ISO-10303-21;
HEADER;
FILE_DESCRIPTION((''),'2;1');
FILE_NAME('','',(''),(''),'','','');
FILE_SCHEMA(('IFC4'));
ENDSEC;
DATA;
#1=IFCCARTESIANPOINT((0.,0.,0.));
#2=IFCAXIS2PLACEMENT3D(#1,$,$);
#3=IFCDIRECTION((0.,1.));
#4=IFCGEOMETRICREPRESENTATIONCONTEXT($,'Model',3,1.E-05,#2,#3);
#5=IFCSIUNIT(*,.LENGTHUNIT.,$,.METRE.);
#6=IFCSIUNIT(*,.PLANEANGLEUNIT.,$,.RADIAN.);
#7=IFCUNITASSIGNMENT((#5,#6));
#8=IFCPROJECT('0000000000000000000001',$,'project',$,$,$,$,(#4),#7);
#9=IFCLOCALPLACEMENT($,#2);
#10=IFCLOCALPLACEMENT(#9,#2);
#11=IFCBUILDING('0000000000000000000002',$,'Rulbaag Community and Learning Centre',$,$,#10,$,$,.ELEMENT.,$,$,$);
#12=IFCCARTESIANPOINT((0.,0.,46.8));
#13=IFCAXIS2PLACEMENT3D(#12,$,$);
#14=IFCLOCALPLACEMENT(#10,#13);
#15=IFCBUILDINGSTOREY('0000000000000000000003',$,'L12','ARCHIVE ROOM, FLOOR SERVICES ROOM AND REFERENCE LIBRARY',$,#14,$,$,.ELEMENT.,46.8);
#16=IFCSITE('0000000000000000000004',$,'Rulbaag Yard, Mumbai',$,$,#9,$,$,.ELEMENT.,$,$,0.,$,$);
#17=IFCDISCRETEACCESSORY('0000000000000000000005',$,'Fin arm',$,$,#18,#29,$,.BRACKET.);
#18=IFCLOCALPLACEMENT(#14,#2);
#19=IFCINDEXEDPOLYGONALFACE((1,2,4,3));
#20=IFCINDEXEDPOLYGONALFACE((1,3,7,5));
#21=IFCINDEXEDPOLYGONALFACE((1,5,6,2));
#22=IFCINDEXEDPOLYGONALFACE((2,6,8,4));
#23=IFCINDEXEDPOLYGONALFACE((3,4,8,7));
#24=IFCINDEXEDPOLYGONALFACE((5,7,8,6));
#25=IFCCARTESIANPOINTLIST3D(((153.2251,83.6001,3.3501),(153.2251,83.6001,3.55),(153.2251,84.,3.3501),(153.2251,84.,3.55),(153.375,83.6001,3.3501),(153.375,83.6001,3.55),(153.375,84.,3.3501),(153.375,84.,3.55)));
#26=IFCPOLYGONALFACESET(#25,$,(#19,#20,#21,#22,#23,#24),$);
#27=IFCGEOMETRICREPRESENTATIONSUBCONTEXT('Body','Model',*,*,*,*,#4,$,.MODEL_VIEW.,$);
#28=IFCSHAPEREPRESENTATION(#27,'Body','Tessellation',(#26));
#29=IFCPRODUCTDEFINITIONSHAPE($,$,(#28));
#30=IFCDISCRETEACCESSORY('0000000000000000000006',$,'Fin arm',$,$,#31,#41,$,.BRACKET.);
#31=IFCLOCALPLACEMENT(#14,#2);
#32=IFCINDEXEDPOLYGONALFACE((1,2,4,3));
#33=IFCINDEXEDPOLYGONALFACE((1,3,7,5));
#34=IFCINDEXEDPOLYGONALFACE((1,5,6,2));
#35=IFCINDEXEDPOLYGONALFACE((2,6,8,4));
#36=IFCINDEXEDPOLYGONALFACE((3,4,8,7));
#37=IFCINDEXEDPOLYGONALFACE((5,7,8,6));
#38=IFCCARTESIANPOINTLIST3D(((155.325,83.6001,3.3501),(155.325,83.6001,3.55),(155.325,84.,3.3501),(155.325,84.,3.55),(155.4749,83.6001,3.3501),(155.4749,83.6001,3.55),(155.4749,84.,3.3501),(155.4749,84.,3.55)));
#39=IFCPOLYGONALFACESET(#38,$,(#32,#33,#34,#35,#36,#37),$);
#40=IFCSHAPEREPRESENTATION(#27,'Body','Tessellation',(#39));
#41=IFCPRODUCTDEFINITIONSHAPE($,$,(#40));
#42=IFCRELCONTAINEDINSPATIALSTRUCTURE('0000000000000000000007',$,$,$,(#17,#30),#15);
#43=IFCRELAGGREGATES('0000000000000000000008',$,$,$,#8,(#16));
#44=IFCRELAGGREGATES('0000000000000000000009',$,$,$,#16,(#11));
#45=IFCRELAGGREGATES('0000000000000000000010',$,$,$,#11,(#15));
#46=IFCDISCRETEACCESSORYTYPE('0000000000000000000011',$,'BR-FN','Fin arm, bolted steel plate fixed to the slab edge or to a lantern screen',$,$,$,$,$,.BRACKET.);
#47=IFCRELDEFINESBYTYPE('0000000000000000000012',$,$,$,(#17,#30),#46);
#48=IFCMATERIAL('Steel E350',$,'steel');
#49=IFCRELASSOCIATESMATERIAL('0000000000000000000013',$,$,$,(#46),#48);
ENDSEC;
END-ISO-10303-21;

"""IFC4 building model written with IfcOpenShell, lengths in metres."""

from ifc_helpers import new_model, si_unit, direction, frame, origin, origin_2d, place, context, subcontext, project, spatial, rectangle, extrude, material, type_object, element, save


model = new_model("IFC4")

# Units and contexts
model_context = context("Model", 3, precision=1e-05, world=origin(), true_north=direction((0.0, 1.0)))
body_context = subcontext(model_context, "Body", "Model", "MODEL_VIEW")
ifc_project = project(units=[si_unit("LENGTHUNIT", "METRE"), si_unit("PLANEANGLEUNIT", "RADIAN")], contexts=[model_context])

# Site, building, storey
site_placement = place(None, origin())
site = spatial("IfcSite", under=ifc_project, at=site_placement, Name="Rulbaag Yard, Mumbai", CompositionType="ELEMENT", RefElevation=0.0)
building_placement = place(site_placement, origin())
building = spatial("IfcBuilding", under=site, at=building_placement, Name="Rulbaag Community and Learning Centre", CompositionType="ELEMENT")
storey_placement = place(building_placement, frame((0.0, 0.0, 46.8)))
storey = spatial("IfcBuildingStorey", under=building, at=storey_placement, Name="L12", Description="ARCHIVE ROOM, FLOOR SERVICES ROOM AND REFERENCE LIBRARY", CompositionType="ELEMENT", Elevation=46.8)

# Discrete accessories
ifc_material_1 = material(Name="Steel E350", Category="steel")
discrete_accessory_type = type_object("IfcDiscreteAccessoryType", Name="BR-FN", Description="Fin arm, bolted steel plate fixed to the slab edge or to a lantern screen", PredefinedType="BRACKET", material=ifc_material_1)
for number, where, z_axis, x_axis, name in (
    (1, (153.3, 83.8, 3.3501), (0.0, 0.0, 1.0), (1.0, 0.0, 0.0), "Fin arm"),
    (2, (155.3999, 83.8, 3.3501), (0.0, 0.0, 1.0), (1.0, 0.0, 0.0), "Fin arm"),
):
    element("IfcDiscreteAccessory", number, at=place(storey_placement, frame(where, z_axis=z_axis, x_axis=x_axis)), inside=storey, type_object=discrete_accessory_type, Name=name, PredefinedType="BRACKET", context=body_context, shape_type="SweptSolid", body=[
        extrude(rectangle(XDim=0.1499, YDim=0.3999, at=origin_2d()), origin(), (0.0, 0.0, 1.0), 0.2),
    ])

save(model, "model.ifc")
